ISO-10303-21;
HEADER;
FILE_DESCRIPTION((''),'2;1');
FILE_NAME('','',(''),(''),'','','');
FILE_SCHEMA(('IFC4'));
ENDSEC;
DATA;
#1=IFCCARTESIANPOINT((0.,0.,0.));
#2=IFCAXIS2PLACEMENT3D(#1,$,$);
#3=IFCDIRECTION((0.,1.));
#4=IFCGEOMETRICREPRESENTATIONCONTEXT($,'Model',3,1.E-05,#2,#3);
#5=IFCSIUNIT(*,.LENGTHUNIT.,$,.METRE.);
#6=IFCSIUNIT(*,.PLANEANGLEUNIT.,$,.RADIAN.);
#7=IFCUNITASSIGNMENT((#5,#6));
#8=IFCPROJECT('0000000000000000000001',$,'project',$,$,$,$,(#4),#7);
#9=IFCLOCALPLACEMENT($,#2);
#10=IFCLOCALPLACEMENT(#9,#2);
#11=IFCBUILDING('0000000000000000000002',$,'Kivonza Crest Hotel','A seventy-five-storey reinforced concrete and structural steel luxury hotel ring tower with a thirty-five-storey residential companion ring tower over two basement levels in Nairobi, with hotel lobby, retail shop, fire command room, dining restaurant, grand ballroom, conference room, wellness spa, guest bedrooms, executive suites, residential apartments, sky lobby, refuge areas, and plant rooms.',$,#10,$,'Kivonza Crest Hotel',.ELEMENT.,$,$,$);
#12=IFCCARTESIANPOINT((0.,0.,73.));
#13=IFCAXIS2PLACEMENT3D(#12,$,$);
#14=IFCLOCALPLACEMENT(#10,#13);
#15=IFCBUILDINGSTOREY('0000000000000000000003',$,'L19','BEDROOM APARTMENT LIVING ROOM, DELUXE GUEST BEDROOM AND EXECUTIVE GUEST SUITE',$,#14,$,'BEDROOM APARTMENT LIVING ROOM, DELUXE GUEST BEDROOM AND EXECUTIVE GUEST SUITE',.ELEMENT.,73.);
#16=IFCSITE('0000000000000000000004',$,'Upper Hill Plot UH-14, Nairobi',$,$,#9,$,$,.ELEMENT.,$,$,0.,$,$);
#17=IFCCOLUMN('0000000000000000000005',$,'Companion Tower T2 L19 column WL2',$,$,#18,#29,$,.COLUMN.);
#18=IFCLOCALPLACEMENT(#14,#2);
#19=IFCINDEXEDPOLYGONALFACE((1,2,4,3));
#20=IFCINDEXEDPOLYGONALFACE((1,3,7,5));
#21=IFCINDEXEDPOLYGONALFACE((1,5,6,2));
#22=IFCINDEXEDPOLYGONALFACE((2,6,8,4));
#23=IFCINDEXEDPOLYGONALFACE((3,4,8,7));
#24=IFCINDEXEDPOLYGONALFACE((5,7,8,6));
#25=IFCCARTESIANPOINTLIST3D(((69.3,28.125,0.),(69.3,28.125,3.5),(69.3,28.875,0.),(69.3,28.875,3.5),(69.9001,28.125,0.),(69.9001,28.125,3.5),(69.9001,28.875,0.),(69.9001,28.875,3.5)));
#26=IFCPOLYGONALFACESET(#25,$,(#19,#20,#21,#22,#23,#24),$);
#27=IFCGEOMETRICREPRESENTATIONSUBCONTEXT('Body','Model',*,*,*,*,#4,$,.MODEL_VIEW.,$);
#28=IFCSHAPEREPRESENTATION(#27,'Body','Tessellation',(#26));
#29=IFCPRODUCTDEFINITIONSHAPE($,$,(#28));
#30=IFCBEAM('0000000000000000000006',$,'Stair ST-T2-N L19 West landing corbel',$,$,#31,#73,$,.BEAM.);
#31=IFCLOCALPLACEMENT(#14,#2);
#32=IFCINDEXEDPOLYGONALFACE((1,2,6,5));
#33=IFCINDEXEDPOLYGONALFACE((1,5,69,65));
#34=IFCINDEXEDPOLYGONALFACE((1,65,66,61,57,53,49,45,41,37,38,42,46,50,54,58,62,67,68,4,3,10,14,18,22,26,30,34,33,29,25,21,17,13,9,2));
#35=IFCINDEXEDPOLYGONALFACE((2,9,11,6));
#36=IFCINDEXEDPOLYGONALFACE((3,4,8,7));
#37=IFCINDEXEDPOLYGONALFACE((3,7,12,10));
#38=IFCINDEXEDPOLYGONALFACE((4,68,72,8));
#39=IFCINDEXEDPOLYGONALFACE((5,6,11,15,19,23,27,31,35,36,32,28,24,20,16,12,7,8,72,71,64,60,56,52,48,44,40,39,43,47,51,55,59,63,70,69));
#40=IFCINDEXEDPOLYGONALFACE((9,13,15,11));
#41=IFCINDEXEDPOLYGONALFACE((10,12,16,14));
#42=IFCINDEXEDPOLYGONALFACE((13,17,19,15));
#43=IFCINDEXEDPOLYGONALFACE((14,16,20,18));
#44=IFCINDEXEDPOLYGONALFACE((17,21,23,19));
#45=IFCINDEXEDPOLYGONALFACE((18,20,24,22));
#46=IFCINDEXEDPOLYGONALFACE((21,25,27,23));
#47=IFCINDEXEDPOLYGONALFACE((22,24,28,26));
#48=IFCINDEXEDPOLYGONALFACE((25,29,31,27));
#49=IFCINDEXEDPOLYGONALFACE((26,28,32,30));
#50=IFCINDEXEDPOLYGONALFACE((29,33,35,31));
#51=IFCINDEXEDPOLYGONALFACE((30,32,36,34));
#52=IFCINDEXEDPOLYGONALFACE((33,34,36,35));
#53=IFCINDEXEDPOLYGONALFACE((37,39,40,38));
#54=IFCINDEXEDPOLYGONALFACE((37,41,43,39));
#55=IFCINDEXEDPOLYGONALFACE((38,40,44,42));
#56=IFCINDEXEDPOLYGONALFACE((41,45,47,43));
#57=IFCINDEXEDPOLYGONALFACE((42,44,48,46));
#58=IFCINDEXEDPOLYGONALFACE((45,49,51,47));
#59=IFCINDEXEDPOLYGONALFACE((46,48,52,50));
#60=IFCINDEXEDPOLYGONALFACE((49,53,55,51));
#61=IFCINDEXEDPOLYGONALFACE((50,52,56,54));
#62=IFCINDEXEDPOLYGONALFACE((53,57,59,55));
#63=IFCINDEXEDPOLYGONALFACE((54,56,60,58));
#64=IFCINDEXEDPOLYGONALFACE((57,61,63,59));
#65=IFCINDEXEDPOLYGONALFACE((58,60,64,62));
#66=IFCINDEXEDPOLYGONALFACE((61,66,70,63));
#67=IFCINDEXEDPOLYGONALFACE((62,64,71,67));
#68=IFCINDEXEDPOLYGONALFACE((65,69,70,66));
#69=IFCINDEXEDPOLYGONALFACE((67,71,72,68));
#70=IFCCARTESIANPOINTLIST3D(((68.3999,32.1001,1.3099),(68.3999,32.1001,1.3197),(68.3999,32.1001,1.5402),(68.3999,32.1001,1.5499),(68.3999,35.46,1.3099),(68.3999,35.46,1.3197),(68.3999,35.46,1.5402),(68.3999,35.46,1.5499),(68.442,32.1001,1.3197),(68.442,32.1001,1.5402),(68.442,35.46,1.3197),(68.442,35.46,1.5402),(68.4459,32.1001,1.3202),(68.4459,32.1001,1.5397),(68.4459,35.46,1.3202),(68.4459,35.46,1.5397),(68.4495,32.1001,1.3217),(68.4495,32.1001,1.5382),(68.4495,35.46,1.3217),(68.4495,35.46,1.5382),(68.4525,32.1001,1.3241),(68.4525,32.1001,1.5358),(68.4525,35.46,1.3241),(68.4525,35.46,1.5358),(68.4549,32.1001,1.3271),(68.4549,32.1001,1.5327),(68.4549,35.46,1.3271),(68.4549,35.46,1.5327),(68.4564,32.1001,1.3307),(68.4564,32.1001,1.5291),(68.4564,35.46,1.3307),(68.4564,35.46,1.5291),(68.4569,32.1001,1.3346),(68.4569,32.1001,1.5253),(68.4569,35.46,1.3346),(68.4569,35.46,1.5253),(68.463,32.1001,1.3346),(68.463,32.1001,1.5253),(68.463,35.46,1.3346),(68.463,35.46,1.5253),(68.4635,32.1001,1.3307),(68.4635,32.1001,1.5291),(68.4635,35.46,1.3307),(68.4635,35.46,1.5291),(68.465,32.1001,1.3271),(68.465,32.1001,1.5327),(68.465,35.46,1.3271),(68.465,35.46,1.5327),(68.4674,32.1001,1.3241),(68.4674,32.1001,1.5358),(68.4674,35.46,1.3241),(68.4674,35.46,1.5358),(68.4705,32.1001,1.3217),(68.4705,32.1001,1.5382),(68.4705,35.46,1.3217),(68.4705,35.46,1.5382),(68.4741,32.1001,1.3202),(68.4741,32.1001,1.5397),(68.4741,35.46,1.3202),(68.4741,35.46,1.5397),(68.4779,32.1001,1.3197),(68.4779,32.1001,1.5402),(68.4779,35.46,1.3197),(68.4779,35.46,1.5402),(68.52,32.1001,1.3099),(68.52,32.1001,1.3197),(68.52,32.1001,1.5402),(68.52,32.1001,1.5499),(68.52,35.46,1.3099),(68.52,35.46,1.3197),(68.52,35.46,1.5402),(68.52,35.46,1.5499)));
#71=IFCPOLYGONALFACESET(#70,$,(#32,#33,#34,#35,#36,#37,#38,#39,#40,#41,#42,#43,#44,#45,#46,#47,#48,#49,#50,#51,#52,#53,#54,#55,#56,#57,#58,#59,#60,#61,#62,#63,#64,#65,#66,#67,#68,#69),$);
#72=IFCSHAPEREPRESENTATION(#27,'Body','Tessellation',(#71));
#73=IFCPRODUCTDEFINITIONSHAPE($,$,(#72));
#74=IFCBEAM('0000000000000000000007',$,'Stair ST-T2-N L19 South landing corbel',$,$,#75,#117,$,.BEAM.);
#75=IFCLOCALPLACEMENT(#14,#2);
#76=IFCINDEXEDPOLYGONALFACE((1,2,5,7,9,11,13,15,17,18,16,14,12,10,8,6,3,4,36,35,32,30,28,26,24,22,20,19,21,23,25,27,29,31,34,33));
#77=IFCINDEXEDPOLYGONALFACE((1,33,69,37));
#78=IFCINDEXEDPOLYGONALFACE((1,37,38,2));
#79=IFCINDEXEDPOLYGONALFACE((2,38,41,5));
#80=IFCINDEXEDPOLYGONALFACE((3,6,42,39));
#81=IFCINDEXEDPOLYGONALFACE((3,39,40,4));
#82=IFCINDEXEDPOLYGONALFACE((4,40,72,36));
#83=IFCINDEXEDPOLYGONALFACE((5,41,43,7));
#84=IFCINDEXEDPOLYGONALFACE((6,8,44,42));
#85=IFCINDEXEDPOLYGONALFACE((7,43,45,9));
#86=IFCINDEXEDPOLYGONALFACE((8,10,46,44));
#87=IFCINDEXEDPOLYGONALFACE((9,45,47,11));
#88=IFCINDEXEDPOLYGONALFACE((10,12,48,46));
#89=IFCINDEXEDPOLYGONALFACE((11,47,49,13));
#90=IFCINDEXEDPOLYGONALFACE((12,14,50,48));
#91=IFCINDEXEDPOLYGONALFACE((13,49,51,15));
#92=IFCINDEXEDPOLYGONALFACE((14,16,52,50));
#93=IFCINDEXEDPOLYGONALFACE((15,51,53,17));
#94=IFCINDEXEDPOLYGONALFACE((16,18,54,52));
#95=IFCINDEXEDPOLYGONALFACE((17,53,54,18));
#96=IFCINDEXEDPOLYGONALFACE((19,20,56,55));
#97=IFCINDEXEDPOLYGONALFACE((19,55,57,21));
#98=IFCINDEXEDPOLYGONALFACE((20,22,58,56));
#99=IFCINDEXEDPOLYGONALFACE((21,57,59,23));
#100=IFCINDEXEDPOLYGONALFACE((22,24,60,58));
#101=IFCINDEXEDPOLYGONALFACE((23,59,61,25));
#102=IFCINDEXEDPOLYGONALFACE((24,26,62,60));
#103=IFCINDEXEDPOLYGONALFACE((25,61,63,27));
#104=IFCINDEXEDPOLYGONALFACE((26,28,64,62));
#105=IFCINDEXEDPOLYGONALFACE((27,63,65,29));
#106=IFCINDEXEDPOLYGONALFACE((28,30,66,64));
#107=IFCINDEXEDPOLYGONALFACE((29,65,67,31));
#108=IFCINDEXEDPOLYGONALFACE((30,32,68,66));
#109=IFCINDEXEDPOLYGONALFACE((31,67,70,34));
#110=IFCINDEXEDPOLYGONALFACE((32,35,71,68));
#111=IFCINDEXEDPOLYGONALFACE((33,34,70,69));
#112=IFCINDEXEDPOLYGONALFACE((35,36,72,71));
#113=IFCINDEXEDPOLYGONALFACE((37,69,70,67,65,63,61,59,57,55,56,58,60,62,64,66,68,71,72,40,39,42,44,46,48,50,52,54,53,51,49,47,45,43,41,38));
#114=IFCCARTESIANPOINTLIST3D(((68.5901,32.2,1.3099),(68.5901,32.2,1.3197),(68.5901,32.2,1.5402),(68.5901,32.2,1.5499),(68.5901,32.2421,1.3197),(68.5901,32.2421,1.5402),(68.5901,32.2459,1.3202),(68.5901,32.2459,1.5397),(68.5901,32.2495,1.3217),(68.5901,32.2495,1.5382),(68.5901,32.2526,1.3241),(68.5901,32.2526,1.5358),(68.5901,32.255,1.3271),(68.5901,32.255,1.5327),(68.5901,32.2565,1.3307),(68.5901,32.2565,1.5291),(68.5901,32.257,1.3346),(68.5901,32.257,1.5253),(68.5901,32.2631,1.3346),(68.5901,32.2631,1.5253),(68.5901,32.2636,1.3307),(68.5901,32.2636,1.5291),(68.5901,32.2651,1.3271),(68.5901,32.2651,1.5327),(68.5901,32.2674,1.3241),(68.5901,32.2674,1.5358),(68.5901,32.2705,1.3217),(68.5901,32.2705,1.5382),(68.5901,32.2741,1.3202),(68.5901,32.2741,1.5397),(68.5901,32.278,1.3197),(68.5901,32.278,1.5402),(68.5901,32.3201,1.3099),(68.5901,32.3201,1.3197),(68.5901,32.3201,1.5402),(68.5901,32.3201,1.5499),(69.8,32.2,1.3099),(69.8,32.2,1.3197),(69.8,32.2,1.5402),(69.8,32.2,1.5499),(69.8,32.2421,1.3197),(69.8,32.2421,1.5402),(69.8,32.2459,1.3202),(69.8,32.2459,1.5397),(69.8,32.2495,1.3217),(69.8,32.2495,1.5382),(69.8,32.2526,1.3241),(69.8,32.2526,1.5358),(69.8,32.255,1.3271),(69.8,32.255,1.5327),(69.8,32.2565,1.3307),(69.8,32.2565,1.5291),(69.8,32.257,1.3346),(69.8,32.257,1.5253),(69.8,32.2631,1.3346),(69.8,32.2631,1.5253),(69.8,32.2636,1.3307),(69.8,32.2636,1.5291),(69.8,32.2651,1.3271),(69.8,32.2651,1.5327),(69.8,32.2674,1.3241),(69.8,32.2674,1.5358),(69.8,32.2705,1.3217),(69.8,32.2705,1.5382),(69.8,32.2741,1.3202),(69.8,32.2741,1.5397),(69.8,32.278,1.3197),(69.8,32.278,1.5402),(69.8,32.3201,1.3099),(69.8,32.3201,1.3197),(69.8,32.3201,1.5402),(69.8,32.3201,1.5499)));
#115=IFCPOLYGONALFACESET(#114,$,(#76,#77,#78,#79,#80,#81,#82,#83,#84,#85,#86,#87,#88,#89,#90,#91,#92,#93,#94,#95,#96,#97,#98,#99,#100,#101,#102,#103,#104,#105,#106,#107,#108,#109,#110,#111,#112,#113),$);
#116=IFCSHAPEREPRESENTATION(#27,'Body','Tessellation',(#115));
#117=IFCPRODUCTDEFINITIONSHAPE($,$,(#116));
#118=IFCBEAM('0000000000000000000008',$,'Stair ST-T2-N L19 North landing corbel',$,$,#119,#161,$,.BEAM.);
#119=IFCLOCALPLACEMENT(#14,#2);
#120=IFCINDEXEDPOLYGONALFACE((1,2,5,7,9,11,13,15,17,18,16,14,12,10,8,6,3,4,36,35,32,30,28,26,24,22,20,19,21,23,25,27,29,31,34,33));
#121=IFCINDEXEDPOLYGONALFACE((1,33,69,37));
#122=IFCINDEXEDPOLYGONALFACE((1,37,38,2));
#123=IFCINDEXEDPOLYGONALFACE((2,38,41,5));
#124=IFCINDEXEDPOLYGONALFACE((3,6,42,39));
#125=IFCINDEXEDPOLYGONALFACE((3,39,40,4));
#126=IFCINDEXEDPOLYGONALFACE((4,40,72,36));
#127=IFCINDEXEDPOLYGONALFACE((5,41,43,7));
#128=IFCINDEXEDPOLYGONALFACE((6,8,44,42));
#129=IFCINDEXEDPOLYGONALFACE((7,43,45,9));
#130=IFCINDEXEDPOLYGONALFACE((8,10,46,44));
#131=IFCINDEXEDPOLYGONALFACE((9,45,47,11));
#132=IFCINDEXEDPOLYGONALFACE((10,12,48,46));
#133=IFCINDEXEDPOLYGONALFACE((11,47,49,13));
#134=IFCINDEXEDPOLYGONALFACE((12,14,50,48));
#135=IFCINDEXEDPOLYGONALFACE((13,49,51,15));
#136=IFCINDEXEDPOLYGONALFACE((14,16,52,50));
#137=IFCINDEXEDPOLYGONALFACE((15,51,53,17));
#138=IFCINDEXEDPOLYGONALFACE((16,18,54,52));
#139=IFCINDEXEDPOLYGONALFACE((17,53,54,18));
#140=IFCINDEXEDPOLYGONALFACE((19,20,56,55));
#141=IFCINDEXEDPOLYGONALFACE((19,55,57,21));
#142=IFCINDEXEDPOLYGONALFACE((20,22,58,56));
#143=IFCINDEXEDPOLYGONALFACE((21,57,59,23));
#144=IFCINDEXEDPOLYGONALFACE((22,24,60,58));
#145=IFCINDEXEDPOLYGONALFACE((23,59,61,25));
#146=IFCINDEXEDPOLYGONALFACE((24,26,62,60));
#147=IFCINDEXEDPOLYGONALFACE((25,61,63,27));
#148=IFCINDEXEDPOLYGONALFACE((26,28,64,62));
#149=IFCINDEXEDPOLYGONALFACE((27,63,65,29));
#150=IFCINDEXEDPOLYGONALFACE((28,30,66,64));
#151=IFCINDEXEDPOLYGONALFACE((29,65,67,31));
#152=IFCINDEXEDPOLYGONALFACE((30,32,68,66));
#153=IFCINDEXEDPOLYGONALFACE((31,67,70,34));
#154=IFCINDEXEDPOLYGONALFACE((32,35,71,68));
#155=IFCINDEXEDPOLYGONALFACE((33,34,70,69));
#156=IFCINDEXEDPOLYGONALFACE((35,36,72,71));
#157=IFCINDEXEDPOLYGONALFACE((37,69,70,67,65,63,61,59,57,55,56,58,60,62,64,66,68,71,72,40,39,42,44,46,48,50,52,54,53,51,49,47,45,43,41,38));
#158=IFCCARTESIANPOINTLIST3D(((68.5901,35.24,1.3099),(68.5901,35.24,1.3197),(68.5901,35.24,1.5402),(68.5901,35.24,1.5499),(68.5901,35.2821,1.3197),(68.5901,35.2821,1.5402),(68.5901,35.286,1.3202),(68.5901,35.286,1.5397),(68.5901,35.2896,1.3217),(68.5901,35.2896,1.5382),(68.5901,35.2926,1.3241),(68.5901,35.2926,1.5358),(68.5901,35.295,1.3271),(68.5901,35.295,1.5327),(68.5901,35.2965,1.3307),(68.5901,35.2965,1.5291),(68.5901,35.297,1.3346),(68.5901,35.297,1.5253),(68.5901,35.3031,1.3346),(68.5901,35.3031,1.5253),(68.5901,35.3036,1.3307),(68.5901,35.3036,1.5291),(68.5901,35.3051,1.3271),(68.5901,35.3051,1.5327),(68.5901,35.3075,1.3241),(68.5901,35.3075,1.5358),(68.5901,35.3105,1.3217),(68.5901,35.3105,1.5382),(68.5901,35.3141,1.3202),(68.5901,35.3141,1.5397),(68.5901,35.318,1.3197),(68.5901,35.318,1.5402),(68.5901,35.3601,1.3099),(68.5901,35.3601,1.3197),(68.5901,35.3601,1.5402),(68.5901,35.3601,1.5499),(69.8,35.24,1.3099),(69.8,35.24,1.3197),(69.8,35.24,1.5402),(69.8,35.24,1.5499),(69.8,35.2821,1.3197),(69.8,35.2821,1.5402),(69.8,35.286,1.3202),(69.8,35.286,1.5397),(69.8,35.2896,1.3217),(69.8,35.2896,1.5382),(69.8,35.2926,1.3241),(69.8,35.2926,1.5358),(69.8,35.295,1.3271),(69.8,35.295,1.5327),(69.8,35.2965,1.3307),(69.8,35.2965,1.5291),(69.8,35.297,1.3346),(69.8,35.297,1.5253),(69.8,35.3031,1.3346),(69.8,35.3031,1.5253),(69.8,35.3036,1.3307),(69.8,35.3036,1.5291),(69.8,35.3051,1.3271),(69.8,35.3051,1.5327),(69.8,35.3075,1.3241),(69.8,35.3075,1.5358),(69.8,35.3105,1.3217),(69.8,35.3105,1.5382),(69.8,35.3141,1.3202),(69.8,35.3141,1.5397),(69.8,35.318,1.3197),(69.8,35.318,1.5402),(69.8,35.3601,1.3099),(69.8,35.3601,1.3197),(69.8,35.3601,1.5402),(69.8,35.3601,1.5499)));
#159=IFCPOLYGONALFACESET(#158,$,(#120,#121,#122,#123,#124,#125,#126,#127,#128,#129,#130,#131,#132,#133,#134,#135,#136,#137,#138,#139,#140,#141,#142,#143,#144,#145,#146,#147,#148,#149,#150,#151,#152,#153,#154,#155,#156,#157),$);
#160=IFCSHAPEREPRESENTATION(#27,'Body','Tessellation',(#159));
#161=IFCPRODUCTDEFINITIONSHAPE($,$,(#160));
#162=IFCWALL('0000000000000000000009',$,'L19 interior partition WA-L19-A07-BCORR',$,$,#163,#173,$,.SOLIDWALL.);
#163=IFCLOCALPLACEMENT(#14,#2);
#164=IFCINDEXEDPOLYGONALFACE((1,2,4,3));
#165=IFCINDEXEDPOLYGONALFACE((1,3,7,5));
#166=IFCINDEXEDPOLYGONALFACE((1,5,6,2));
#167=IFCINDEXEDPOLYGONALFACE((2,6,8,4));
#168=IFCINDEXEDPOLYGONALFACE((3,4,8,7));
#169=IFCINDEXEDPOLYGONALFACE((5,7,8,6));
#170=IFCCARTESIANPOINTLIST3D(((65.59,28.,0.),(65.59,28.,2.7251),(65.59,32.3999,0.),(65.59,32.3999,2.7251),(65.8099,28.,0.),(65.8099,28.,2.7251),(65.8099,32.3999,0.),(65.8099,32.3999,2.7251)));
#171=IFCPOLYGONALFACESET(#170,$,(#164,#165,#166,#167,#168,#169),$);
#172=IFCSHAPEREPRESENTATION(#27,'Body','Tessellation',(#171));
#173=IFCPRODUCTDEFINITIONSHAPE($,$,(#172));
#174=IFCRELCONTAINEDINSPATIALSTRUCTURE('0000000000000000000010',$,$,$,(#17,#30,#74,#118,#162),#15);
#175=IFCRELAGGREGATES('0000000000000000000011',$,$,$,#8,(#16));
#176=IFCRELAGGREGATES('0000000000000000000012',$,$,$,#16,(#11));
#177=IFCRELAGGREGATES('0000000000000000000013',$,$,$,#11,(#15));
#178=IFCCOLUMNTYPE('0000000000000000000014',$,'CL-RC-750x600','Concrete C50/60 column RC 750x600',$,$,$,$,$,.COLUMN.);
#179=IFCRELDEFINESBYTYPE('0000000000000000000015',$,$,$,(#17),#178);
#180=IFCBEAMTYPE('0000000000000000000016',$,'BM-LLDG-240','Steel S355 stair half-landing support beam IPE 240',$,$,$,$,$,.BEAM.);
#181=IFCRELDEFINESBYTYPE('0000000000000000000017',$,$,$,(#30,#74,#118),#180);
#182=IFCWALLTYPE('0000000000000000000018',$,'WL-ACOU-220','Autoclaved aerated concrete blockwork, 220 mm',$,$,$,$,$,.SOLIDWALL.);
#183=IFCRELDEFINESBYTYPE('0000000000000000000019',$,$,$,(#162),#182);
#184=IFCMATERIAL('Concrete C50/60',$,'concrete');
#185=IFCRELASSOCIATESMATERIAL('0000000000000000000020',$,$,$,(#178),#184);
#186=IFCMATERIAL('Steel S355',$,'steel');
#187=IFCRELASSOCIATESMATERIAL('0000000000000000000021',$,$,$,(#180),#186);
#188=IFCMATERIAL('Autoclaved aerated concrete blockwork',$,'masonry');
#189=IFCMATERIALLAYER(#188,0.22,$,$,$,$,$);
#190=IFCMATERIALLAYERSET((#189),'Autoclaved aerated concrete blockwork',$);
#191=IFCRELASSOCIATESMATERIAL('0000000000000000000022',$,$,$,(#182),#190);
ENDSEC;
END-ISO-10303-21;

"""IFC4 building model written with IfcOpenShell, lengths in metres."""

from ifc_helpers import new_model, si_unit, direction, frame, frame_2d, origin, origin_2d, place, context, subcontext, project, spatial, rectangle, i_section, extrude, material, layer, layer_set, material_profile, profile_set, type_object, element, save


model = new_model("IFC4")

# Units and contexts
model_context = context("Model", 3, precision=1e-05, world=origin(), true_north=direction((0.0, 1.0)))
body_context = subcontext(model_context, "Body", "Model", "MODEL_VIEW")
ifc_project = project(units=[si_unit("LENGTHUNIT", "METRE"), si_unit("PLANEANGLEUNIT", "RADIAN")], contexts=[model_context])

# Site, building, storey
site_placement = place(None, origin())
site = spatial("IfcSite", under=ifc_project, at=site_placement, Name="Upper Hill Plot UH-14, Nairobi", CompositionType="ELEMENT", RefElevation=0.0)
building_placement = place(site_placement, origin())
building = spatial("IfcBuilding", under=site, at=building_placement, Name="Kivonza Crest Hotel", Description="A seventy-five-storey reinforced concrete and structural steel luxury hotel ring tower with a thirty-five-storey residential companion ring tower over two basement levels in Nairobi, with hotel lobby, retail shop, fire command room, dining restaurant, grand ballroom, conference room, wellness spa, guest bedrooms, executive suites, residential apartments, sky lobby, refuge areas, and plant rooms.", LongName="Kivonza Crest Hotel", CompositionType="ELEMENT")
storey_placement = place(building_placement, frame((0.0, 0.0, 73.0)))
storey = spatial("IfcBuildingStorey", under=building, at=storey_placement, Name="L19", Description="BEDROOM APARTMENT LIVING ROOM, DELUXE GUEST BEDROOM AND EXECUTIVE GUEST SUITE", LongName="BEDROOM APARTMENT LIVING ROOM, DELUXE GUEST BEDROOM AND EXECUTIVE GUEST SUITE", CompositionType="ELEMENT", Elevation=73.0)

# Column
ifc_material_1 = material(Name="Concrete C50/60", Category="concrete")
ifc_material_profile_1 = material_profile(ifc_material_1, rectangle(XDim=0.6001, YDim=0.75, at=origin_2d()), Name="RC 750x600")
ifc_profile_set_1 = profile_set([ifc_material_profile_1], Name="Concrete C50/60")
column_type = type_object("IfcColumnType", Name="CL-RC-750x600", Description="Concrete C50/60 column RC 750x600", PredefinedType="COLUMN", material=ifc_profile_set_1)
column_placement = place(storey_placement, frame((69.6001, 28.5, 0.0), z_axis=(0.0, 0.0, 1.0), x_axis=(1.0, 0.0, 0.0)))
element("IfcColumn", 1, at=column_placement, inside=storey, type_object=column_type, Name="Companion Tower T2 L19 column WL2", PredefinedType="COLUMN", context=body_context, shape_type="SweptSolid", body=[
    extrude(rectangle(XDim=0.6001, YDim=0.75, at=origin_2d()), origin(), (0.0, 0.0, 1.0), 3.5),
])

# Beams
ifc_material_2 = material(Name="Steel S355", Category="steel")
ifc_material_profile_2 = material_profile(ifc_material_2, i_section(OverallWidth=0.1201, OverallDepth=0.24, WebThickness=0.0061, FlangeThickness=0.0098, FilletRadius=0.0149, at=origin_2d()), Name="IPE 240")
ifc_profile_set_2 = profile_set([ifc_material_profile_2], Name="Steel S355")
beam_type = type_object("IfcBeamType", Name="BM-LLDG-240", Description="Steel S355 stair half-landing support beam IPE 240", PredefinedType="BEAM", material=ifc_profile_set_2)
beam_placement = place(storey_placement, frame((68.46, 32.1001, 1.4299), z_axis=(0.0, 1.0, 0.0), x_axis=(-1.0, 0.0, 0.0)))
element("IfcBeam", 2, at=beam_placement, inside=storey, type_object=beam_type, Name="Stair ST-T2-N L19 West landing corbel", PredefinedType="BEAM", context=body_context, shape_type="SweptSolid", body=[
    extrude(i_section(OverallWidth=0.1201, OverallDepth=0.24, WebThickness=0.0061, FlangeThickness=0.0098, FilletRadius=0.0149, at=origin_2d()), origin(), (0.0, 0.0, 1.0), 3.3599),
])
for number, where, z_axis, x_axis, name in (
    (3, (68.5901, 32.26, 1.4299), (1.0, 0.0, 0.0), (0.0, 1.0, 0.0), "Stair ST-T2-N L19 South landing corbel"),
    (4, (68.5901, 35.3, 1.4299), (1.0, 0.0, 0.0), (0.0, 1.0, 0.0), "Stair ST-T2-N L19 North landing corbel"),
):
    element("IfcBeam", number, at=place(storey_placement, frame(where, z_axis=z_axis, x_axis=x_axis)), inside=storey, type_object=beam_type, Name=name, PredefinedType="BEAM", context=body_context, shape_type="SweptSolid", body=[
        extrude(i_section(OverallWidth=0.1201, OverallDepth=0.24, WebThickness=0.0061, FlangeThickness=0.0098, FilletRadius=0.0149, at=origin_2d()), origin(), (0.0, 0.0, 1.0), 1.21),
    ])

# Wall
ifc_material_3 = material(Name="Autoclaved aerated concrete blockwork", Category="masonry")
ifc_layer_1 = layer(ifc_material_3, 0.22)
ifc_layer_set_1 = layer_set([ifc_layer_1], Name="Autoclaved aerated concrete blockwork")
wall_type_1 = type_object("IfcWallType", Name="WL-ACOU-220", Description="Autoclaved aerated concrete blockwork, 220 mm", PredefinedType="SOLIDWALL", material=ifc_layer_set_1)
wall_1_placement = place(storey_placement, frame((65.7, 28.0, 0.0), z_axis=(0.0, 0.0, 1.0), x_axis=(0.0, 1.0, 0.0)))
element("IfcWall", 5, at=wall_1_placement, inside=storey, type_object=wall_type_1, Name="L19 interior partition WA-L19-A07-BCORR", PredefinedType="SOLIDWALL", context=body_context, shape_type="SweptSolid", body=[
    extrude(rectangle(XDim=4.3999, YDim=0.22, at=frame_2d((2.2, 0.0))), origin(), (0.0, 0.0, 1.0), 2.7251),
])

save(model, "model.ifc")
